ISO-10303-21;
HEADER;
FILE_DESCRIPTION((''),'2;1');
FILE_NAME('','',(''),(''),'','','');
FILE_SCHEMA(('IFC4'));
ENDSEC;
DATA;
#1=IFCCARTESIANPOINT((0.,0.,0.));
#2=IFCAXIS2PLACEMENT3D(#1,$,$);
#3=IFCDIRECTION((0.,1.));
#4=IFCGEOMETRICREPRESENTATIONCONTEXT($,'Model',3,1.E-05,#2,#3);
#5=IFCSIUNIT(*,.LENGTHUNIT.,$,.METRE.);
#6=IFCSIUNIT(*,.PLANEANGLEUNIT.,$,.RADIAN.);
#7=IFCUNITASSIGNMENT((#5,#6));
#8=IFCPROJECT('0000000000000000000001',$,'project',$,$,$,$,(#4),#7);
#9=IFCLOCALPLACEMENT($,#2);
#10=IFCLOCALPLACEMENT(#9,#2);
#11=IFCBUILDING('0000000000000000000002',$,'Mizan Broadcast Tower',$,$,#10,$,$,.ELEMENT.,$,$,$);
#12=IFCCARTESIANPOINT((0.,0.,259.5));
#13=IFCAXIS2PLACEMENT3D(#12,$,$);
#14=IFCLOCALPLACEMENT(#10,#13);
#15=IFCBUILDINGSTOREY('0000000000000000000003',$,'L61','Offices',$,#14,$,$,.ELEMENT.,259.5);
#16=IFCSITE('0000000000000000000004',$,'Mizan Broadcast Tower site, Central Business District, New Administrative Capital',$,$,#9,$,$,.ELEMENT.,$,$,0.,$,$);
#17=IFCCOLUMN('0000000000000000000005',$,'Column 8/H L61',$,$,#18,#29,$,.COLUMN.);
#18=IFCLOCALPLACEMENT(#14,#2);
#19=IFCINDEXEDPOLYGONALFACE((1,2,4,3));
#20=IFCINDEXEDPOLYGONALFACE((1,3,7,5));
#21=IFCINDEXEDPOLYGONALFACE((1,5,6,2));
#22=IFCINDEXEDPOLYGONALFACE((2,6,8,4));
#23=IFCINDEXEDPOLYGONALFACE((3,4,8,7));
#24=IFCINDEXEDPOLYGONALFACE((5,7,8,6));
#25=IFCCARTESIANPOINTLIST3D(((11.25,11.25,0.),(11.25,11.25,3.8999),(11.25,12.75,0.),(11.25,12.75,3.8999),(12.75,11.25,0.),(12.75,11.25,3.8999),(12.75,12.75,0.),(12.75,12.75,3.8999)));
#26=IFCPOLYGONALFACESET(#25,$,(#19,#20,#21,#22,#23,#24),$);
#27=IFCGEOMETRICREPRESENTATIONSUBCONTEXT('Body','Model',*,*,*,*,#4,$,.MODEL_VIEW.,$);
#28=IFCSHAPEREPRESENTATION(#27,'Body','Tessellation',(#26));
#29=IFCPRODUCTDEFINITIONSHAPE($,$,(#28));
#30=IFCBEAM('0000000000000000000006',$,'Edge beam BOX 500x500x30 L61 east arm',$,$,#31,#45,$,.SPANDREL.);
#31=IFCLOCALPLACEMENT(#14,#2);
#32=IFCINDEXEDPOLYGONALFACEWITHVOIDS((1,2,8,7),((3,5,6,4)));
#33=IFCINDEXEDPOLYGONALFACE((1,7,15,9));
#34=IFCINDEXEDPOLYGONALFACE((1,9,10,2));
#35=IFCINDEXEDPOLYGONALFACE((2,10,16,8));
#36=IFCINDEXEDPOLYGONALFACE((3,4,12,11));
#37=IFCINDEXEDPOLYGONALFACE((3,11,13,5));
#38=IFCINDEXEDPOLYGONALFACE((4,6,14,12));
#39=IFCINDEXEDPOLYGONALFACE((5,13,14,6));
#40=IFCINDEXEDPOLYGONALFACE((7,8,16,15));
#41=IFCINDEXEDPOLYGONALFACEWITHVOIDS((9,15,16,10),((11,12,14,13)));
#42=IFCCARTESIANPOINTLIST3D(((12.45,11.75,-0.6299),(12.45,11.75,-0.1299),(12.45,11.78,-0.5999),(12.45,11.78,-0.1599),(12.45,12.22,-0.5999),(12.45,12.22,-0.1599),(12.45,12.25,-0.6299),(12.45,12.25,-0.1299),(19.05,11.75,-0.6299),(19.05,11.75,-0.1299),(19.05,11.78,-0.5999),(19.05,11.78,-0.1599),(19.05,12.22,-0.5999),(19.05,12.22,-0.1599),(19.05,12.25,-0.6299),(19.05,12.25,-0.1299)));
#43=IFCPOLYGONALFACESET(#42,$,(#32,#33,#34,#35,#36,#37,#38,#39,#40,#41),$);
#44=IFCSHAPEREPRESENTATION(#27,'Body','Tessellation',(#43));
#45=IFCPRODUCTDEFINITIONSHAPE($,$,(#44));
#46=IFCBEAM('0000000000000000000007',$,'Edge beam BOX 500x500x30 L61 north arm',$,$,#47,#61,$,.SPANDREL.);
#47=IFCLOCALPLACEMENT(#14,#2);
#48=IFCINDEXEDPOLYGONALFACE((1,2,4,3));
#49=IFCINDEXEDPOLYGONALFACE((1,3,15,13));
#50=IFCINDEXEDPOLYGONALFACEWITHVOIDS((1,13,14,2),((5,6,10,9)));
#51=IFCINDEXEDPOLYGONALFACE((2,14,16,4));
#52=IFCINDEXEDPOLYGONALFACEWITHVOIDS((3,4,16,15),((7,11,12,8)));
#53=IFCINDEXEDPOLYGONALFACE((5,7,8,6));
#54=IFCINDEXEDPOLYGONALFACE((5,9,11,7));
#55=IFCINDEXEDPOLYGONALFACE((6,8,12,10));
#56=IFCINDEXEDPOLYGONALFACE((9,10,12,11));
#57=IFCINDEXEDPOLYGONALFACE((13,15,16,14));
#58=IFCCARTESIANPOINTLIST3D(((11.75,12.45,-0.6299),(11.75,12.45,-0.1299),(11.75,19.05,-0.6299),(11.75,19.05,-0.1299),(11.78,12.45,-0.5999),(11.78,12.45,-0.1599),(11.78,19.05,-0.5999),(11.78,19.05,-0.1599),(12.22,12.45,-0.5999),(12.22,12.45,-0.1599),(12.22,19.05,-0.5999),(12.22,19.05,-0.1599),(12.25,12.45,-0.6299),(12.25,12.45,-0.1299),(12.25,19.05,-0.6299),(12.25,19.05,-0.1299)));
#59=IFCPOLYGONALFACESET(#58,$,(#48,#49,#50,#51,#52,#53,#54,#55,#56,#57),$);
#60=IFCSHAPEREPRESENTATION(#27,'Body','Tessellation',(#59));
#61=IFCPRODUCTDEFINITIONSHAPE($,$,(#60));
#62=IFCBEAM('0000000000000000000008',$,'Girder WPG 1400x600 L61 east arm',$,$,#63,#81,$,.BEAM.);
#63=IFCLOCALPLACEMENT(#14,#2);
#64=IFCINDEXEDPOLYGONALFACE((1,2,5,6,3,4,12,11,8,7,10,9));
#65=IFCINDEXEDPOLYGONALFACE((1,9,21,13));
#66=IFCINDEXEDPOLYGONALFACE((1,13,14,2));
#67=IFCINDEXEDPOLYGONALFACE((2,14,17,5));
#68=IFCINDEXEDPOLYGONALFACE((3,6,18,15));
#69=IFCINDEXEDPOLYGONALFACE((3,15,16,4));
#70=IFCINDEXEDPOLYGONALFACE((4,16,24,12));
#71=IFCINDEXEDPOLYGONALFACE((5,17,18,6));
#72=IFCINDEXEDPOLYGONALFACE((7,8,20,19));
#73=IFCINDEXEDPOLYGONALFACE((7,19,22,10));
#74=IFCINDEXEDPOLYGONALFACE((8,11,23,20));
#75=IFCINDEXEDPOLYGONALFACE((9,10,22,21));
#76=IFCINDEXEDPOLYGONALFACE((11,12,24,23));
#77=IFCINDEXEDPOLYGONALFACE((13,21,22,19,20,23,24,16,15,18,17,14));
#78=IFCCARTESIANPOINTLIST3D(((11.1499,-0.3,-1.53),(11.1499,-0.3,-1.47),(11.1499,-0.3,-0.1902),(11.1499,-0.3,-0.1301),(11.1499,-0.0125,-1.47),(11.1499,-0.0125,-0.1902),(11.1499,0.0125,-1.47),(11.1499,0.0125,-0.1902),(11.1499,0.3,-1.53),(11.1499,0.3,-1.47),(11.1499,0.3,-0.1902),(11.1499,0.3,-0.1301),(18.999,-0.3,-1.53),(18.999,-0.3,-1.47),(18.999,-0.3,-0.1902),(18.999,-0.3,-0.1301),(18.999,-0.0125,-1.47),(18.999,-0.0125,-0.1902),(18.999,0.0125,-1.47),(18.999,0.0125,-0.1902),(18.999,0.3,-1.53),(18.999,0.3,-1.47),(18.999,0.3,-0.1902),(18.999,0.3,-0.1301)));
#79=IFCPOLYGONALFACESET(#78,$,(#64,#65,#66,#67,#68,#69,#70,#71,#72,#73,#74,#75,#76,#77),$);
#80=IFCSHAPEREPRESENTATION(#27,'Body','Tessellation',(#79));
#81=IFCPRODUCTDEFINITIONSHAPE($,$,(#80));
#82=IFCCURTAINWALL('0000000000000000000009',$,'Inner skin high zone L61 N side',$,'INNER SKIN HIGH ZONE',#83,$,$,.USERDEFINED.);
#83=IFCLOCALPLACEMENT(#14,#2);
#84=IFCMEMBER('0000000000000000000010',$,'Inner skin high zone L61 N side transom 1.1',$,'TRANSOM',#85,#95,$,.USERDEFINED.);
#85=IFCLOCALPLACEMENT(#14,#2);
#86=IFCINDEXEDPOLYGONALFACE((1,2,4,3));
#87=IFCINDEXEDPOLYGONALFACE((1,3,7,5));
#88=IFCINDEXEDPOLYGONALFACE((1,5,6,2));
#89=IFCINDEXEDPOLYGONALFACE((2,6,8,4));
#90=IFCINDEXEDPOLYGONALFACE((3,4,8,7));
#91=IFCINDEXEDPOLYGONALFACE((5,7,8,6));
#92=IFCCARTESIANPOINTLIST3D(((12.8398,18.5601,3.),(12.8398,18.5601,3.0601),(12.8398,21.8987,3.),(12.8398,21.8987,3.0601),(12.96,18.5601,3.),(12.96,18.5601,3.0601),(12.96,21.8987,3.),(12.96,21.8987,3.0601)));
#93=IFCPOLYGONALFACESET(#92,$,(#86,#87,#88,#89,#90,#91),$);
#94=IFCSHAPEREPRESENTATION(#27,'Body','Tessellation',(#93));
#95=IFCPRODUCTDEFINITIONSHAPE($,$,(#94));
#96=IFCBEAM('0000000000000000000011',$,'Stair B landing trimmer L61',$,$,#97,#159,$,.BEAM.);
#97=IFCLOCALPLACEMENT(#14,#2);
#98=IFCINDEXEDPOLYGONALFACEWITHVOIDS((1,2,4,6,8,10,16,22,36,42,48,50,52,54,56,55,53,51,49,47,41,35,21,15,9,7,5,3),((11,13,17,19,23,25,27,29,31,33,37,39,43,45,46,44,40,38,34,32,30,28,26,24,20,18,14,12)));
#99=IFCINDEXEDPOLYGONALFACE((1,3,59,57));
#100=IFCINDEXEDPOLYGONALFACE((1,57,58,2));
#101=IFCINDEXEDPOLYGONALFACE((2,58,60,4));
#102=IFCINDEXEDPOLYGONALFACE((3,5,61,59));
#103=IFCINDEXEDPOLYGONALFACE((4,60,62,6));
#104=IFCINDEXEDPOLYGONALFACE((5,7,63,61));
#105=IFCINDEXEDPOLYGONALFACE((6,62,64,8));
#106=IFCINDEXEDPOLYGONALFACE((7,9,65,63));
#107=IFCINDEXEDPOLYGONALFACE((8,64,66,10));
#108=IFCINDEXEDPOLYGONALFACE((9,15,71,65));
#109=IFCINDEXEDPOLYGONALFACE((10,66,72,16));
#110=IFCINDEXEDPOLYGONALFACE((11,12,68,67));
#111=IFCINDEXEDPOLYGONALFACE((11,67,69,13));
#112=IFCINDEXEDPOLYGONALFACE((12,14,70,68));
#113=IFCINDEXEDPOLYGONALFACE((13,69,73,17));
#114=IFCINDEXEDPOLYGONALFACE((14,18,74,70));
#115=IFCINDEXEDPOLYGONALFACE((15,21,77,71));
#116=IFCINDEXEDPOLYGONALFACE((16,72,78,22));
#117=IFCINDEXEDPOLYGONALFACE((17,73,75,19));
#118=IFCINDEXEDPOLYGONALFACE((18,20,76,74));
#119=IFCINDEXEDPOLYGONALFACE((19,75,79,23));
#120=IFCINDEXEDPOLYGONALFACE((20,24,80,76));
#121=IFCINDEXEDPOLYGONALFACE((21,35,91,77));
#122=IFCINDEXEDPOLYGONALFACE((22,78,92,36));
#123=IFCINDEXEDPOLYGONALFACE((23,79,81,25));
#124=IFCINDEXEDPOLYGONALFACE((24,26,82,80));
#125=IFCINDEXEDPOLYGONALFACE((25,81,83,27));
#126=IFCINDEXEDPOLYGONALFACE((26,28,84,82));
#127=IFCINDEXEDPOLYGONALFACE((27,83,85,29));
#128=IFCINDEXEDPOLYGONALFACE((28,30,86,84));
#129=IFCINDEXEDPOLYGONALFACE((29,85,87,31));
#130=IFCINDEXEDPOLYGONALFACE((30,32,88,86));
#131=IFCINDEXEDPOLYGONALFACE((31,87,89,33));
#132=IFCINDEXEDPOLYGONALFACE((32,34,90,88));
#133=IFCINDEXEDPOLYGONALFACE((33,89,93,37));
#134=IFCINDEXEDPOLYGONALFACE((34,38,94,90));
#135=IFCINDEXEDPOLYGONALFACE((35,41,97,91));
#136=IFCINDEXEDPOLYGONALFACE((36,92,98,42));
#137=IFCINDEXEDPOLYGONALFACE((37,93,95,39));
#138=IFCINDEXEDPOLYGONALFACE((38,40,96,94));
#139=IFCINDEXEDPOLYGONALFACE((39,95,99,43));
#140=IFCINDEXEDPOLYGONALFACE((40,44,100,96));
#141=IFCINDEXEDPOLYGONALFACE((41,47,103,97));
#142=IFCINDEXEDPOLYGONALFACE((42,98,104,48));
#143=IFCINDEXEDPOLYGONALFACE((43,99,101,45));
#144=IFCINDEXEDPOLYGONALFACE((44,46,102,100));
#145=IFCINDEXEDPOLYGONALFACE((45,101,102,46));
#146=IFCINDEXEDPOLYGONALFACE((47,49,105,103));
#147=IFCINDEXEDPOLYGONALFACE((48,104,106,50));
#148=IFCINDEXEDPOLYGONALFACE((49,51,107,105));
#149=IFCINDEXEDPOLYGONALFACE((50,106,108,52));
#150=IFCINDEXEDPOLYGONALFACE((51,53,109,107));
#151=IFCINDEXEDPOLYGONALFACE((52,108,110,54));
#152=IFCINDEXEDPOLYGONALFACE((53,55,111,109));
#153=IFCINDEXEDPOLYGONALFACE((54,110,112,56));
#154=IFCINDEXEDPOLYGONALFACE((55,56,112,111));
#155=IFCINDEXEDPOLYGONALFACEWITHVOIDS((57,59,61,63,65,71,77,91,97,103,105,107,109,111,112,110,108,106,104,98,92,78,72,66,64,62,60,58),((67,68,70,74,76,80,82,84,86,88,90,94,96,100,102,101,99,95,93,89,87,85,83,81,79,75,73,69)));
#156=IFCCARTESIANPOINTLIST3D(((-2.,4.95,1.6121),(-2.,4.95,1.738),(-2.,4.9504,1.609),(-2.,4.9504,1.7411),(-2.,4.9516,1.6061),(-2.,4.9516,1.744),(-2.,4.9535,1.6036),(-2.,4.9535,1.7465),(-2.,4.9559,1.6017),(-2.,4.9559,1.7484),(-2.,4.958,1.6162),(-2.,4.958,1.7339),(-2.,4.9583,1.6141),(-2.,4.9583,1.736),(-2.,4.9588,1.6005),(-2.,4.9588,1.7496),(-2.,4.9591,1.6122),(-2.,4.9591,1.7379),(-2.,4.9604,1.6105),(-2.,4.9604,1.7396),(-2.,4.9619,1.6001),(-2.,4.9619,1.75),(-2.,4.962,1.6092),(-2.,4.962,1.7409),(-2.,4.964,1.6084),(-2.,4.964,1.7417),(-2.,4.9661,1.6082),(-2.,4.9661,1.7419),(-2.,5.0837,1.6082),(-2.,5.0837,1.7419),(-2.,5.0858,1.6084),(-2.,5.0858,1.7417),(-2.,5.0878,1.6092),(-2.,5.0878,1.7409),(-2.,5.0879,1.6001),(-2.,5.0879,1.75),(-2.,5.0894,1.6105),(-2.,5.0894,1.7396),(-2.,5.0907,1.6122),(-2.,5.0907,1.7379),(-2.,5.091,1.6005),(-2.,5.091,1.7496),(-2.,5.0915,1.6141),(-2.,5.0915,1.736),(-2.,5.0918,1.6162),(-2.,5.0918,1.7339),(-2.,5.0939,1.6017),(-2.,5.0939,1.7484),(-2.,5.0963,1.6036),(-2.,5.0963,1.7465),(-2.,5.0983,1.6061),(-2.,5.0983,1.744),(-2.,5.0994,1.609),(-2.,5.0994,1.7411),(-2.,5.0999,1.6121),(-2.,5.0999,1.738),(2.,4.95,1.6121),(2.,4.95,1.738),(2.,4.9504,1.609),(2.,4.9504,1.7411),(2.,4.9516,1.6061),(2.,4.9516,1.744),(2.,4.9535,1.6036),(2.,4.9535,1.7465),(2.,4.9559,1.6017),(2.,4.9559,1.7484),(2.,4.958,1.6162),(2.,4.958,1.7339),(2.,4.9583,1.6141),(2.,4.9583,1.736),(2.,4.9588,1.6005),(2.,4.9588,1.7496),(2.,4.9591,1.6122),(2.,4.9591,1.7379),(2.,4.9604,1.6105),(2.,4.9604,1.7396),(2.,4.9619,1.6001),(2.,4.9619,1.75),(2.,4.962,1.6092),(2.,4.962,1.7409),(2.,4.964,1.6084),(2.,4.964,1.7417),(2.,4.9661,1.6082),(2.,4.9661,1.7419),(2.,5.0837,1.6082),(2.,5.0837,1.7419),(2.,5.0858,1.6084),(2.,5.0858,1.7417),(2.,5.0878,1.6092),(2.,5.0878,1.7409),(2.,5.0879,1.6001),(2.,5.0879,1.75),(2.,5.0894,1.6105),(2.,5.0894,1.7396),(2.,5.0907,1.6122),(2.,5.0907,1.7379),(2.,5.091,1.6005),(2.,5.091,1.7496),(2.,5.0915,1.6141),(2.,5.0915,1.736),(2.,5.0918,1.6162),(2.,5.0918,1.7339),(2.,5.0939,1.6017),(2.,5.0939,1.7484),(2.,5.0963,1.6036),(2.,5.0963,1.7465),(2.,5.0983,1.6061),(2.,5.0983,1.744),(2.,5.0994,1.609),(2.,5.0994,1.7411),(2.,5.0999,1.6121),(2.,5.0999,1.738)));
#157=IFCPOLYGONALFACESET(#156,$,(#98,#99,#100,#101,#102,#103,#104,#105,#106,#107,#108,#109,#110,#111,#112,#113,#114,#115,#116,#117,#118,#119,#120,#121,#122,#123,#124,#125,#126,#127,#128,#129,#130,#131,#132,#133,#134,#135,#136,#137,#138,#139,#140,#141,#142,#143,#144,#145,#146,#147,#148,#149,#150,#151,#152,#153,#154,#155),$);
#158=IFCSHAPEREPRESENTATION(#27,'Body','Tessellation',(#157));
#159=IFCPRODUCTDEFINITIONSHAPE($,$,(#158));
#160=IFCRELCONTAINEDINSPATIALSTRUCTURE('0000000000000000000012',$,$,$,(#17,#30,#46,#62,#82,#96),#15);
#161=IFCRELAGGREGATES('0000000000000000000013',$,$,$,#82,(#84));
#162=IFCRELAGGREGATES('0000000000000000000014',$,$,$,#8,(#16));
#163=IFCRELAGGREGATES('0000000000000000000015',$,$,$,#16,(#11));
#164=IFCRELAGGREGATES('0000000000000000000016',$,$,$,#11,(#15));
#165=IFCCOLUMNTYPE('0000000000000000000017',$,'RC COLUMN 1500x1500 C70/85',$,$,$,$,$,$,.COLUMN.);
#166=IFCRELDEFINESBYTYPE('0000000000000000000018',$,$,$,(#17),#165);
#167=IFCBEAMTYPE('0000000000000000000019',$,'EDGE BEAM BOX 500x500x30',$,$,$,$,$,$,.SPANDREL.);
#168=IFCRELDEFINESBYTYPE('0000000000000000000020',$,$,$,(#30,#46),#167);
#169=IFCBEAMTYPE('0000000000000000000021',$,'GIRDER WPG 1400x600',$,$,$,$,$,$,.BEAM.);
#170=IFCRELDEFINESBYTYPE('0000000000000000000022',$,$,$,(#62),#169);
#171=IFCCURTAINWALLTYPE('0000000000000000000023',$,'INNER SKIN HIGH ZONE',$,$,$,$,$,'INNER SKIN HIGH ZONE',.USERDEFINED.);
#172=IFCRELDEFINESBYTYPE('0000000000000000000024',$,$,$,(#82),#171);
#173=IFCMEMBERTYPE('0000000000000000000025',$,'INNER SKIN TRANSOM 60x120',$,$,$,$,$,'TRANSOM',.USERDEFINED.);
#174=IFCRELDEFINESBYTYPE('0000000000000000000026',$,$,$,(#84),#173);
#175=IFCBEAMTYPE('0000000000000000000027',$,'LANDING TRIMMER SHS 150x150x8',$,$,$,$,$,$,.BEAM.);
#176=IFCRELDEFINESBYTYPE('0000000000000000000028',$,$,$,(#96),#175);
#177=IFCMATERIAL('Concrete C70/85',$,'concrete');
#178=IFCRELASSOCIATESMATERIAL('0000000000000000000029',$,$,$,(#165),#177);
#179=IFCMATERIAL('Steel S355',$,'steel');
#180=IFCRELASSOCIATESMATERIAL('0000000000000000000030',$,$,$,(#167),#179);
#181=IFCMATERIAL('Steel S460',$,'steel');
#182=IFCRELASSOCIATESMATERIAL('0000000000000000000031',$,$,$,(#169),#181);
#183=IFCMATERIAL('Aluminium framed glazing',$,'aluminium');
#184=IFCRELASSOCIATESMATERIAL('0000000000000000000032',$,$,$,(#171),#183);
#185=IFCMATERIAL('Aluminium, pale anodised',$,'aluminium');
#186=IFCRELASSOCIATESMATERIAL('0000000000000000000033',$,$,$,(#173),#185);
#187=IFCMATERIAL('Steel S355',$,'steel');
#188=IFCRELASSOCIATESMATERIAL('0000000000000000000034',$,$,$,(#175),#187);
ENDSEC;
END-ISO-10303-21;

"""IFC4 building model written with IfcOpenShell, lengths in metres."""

from ifc_helpers import new_model, si_unit, direction, frame, origin, origin_2d, place, context, subcontext, project, spatial, rectangle, hollow_rectangle, i_section, extrude, material, material_profile, profile_set, type_object, element, aggregate, save


model = new_model("IFC4")

# Units and contexts
model_context = context("Model", 3, precision=1e-05, world=origin(), true_north=direction((0.0, 1.0)))
body_context = subcontext(model_context, "Body", "Model", "MODEL_VIEW")
ifc_project = project(units=[si_unit("LENGTHUNIT", "METRE"), si_unit("PLANEANGLEUNIT", "RADIAN")], contexts=[model_context])

# Site, building, storey
site_placement = place(None, origin())
site = spatial("IfcSite", under=ifc_project, at=site_placement, Name="Mizan Broadcast Tower site, Central Business District, New Administrative Capital", CompositionType="ELEMENT", RefElevation=0.0)
building_placement = place(site_placement, origin())
building = spatial("IfcBuilding", under=site, at=building_placement, Name="Mizan Broadcast Tower", CompositionType="ELEMENT")
storey_placement = place(building_placement, frame((0.0, 0.0, 259.5)))
storey = spatial("IfcBuildingStorey", under=building, at=storey_placement, Name="L61", Description="Offices", CompositionType="ELEMENT", Elevation=259.5)

# Column
ifc_material_1 = material(Name="Concrete C70/85", Category="concrete")
ifc_material_profile_1 = material_profile(ifc_material_1, rectangle(XDim=1.5, YDim=1.5, at=origin_2d()), Name="RC 1500x1500")
ifc_profile_set_1 = profile_set([ifc_material_profile_1], Name="Concrete C70/85")
column_type = type_object("IfcColumnType", Name="RC COLUMN 1500x1500 C70/85", PredefinedType="COLUMN", material=ifc_profile_set_1)
column_placement = place(storey_placement, frame((12.0, 12.0, 0.0), z_axis=(0.0, 0.0, 1.0), x_axis=(1.0, 0.0, 0.0)))
element("IfcColumn", 1, at=column_placement, inside=storey, type_object=column_type, Name="Column 8/H L61", PredefinedType="COLUMN", context=body_context, shape_type="SweptSolid", body=[
    extrude(rectangle(XDim=1.5, YDim=1.5, at=origin_2d()), origin(), (0.0, 0.0, 1.0), 3.8999),
])

# Beams
ifc_material_2 = material(Name="Steel S355", Category="steel")
ifc_material_profile_2 = material_profile(ifc_material_2, hollow_rectangle(XDim=0.5, YDim=0.5, WallThickness=0.03, at=origin_2d()), Name="BOX 500x500x30")
ifc_profile_set_2 = profile_set([ifc_material_profile_2], Name="Steel S355")
beam_type_1 = type_object("IfcBeamType", Name="EDGE BEAM BOX 500x500x30", PredefinedType="SPANDREL", material=ifc_profile_set_2)
for number, where, z_axis, x_axis, name in (
    (2, (12.45, 12.0, -0.3799), (1.0, 0.0, 0.0), (0.0, 1.0, 0.0), "Edge beam BOX 500x500x30 L61 east arm"),
    (3, (12.0, 12.45, -0.3799), (0.0, 1.0, 0.0), (-1.0, 0.0, 0.0), "Edge beam BOX 500x500x30 L61 north arm"),
):
    element("IfcBeam", number, at=place(storey_placement, frame(where, z_axis=z_axis, x_axis=x_axis)), inside=storey, type_object=beam_type_1, Name=name, PredefinedType="SPANDREL", context=body_context, shape_type="SweptSolid", body=[
        extrude(hollow_rectangle(XDim=0.5, YDim=0.5, WallThickness=0.03, at=origin_2d()), origin(), (0.0, 0.0, 1.0), 6.6001),
    ])
ifc_material_3 = material(Name="Steel S460", Category="steel")
ifc_material_profile_3 = material_profile(ifc_material_3, i_section(OverallWidth=0.6001, OverallDepth=1.3999, WebThickness=0.0249, FlangeThickness=0.0601, at=origin_2d()), Name="WPG 1400x600")
ifc_profile_set_3 = profile_set([ifc_material_profile_3], Name="Steel S460")
beam_type_2 = type_object("IfcBeamType", Name="GIRDER WPG 1400x600", PredefinedType="BEAM", material=ifc_profile_set_3)
beam_1_placement = place(storey_placement, frame((11.1499, 0.0, -0.8301), z_axis=(1.0, 0.0, 0.0), x_axis=(0.0, 1.0, 0.0)))
element("IfcBeam", 4, at=beam_1_placement, inside=storey, type_object=beam_type_2, Name="Girder WPG 1400x600 L61 east arm", PredefinedType="BEAM", context=body_context, shape_type="SweptSolid", body=[
    extrude(i_section(OverallWidth=0.6001, OverallDepth=1.3999, WebThickness=0.0249, FlangeThickness=0.0601, at=origin_2d()), origin(), (0.0, 0.0, 1.0), 7.8491),
])

# Curtain wall, member
ifc_material_4 = material(Name="Aluminium framed glazing", Category="aluminium")
curtain_wall_type = type_object("IfcCurtainWallType", Name="INNER SKIN HIGH ZONE", ElementType="INNER SKIN HIGH ZONE", PredefinedType="USERDEFINED", material=ifc_material_4)
curtain_wall_placement = place(storey_placement, origin())
curtain_wall = element("IfcCurtainWall", 5, at=curtain_wall_placement, inside=storey, type_object=curtain_wall_type, Name="Inner skin high zone L61 N side", ObjectType="INNER SKIN HIGH ZONE", PredefinedType="USERDEFINED")
ifc_material_5 = material(Name="Aluminium, pale anodised", Category="aluminium")
ifc_material_profile_4 = material_profile(ifc_material_5, rectangle(XDim=0.1201, YDim=0.0601, at=origin_2d()), Name="TRANSOM 120x60")
ifc_profile_set_4 = profile_set([ifc_material_profile_4], Name="Aluminium, pale anodised")
member_type = type_object("IfcMemberType", Name="INNER SKIN TRANSOM 60x120", ElementType="TRANSOM", PredefinedType="USERDEFINED", material=ifc_profile_set_4)
member_placement = place(storey_placement, frame((12.8999, 18.5601, 3.03), z_axis=(0.0, 1.0, 0.0), x_axis=(-1.0, 0.0, 0.0)))
member = element("IfcMember", 6, at=member_placement, type_object=member_type, Name="Inner skin high zone L61 N side transom 1.1", ObjectType="TRANSOM", PredefinedType="USERDEFINED", context=body_context, shape_type="SweptSolid", body=[
    extrude(rectangle(XDim=0.1201, YDim=0.0601, at=origin_2d()), origin(), (0.0, 0.0, 1.0), 3.3386),
])
aggregate(curtain_wall, [member])

# Beam
ifc_material_6 = material(Name="Steel S355", Category="steel")
ifc_material_profile_5 = material_profile(ifc_material_6, hollow_rectangle(XDim=0.1499, YDim=0.1499, WallThickness=0.0081, InnerFilletRadius=0.0081, OuterFilletRadius=0.012, at=origin_2d()), Name="SHS 150x150x8")
ifc_profile_set_5 = profile_set([ifc_material_profile_5], Name="Steel S355")
beam_type_3 = type_object("IfcBeamType", Name="LANDING TRIMMER SHS 150x150x8", PredefinedType="BEAM", material=ifc_profile_set_5)
for number, where, z_axis, x_axis, name in (
    (7, (2.0, 5.0249, 1.675), (-1.0, 0.0, 0.0), (0.0, -1.0, 0.0), "Stair B landing trimmer L61"),
):
    element("IfcBeam", number, at=place(storey_placement, frame(where, z_axis=z_axis, x_axis=x_axis)), inside=storey, type_object=beam_type_3, Name=name, PredefinedType="BEAM", context=body_context, shape_type="SweptSolid", body=[
        extrude(hollow_rectangle(XDim=0.1499, YDim=0.1499, WallThickness=0.0081, InnerFilletRadius=0.0081, OuterFilletRadius=0.012, at=origin_2d()), origin(), (0.0, 0.0, 1.0), 4.0),
    ])

save(model, "model.ifc")
